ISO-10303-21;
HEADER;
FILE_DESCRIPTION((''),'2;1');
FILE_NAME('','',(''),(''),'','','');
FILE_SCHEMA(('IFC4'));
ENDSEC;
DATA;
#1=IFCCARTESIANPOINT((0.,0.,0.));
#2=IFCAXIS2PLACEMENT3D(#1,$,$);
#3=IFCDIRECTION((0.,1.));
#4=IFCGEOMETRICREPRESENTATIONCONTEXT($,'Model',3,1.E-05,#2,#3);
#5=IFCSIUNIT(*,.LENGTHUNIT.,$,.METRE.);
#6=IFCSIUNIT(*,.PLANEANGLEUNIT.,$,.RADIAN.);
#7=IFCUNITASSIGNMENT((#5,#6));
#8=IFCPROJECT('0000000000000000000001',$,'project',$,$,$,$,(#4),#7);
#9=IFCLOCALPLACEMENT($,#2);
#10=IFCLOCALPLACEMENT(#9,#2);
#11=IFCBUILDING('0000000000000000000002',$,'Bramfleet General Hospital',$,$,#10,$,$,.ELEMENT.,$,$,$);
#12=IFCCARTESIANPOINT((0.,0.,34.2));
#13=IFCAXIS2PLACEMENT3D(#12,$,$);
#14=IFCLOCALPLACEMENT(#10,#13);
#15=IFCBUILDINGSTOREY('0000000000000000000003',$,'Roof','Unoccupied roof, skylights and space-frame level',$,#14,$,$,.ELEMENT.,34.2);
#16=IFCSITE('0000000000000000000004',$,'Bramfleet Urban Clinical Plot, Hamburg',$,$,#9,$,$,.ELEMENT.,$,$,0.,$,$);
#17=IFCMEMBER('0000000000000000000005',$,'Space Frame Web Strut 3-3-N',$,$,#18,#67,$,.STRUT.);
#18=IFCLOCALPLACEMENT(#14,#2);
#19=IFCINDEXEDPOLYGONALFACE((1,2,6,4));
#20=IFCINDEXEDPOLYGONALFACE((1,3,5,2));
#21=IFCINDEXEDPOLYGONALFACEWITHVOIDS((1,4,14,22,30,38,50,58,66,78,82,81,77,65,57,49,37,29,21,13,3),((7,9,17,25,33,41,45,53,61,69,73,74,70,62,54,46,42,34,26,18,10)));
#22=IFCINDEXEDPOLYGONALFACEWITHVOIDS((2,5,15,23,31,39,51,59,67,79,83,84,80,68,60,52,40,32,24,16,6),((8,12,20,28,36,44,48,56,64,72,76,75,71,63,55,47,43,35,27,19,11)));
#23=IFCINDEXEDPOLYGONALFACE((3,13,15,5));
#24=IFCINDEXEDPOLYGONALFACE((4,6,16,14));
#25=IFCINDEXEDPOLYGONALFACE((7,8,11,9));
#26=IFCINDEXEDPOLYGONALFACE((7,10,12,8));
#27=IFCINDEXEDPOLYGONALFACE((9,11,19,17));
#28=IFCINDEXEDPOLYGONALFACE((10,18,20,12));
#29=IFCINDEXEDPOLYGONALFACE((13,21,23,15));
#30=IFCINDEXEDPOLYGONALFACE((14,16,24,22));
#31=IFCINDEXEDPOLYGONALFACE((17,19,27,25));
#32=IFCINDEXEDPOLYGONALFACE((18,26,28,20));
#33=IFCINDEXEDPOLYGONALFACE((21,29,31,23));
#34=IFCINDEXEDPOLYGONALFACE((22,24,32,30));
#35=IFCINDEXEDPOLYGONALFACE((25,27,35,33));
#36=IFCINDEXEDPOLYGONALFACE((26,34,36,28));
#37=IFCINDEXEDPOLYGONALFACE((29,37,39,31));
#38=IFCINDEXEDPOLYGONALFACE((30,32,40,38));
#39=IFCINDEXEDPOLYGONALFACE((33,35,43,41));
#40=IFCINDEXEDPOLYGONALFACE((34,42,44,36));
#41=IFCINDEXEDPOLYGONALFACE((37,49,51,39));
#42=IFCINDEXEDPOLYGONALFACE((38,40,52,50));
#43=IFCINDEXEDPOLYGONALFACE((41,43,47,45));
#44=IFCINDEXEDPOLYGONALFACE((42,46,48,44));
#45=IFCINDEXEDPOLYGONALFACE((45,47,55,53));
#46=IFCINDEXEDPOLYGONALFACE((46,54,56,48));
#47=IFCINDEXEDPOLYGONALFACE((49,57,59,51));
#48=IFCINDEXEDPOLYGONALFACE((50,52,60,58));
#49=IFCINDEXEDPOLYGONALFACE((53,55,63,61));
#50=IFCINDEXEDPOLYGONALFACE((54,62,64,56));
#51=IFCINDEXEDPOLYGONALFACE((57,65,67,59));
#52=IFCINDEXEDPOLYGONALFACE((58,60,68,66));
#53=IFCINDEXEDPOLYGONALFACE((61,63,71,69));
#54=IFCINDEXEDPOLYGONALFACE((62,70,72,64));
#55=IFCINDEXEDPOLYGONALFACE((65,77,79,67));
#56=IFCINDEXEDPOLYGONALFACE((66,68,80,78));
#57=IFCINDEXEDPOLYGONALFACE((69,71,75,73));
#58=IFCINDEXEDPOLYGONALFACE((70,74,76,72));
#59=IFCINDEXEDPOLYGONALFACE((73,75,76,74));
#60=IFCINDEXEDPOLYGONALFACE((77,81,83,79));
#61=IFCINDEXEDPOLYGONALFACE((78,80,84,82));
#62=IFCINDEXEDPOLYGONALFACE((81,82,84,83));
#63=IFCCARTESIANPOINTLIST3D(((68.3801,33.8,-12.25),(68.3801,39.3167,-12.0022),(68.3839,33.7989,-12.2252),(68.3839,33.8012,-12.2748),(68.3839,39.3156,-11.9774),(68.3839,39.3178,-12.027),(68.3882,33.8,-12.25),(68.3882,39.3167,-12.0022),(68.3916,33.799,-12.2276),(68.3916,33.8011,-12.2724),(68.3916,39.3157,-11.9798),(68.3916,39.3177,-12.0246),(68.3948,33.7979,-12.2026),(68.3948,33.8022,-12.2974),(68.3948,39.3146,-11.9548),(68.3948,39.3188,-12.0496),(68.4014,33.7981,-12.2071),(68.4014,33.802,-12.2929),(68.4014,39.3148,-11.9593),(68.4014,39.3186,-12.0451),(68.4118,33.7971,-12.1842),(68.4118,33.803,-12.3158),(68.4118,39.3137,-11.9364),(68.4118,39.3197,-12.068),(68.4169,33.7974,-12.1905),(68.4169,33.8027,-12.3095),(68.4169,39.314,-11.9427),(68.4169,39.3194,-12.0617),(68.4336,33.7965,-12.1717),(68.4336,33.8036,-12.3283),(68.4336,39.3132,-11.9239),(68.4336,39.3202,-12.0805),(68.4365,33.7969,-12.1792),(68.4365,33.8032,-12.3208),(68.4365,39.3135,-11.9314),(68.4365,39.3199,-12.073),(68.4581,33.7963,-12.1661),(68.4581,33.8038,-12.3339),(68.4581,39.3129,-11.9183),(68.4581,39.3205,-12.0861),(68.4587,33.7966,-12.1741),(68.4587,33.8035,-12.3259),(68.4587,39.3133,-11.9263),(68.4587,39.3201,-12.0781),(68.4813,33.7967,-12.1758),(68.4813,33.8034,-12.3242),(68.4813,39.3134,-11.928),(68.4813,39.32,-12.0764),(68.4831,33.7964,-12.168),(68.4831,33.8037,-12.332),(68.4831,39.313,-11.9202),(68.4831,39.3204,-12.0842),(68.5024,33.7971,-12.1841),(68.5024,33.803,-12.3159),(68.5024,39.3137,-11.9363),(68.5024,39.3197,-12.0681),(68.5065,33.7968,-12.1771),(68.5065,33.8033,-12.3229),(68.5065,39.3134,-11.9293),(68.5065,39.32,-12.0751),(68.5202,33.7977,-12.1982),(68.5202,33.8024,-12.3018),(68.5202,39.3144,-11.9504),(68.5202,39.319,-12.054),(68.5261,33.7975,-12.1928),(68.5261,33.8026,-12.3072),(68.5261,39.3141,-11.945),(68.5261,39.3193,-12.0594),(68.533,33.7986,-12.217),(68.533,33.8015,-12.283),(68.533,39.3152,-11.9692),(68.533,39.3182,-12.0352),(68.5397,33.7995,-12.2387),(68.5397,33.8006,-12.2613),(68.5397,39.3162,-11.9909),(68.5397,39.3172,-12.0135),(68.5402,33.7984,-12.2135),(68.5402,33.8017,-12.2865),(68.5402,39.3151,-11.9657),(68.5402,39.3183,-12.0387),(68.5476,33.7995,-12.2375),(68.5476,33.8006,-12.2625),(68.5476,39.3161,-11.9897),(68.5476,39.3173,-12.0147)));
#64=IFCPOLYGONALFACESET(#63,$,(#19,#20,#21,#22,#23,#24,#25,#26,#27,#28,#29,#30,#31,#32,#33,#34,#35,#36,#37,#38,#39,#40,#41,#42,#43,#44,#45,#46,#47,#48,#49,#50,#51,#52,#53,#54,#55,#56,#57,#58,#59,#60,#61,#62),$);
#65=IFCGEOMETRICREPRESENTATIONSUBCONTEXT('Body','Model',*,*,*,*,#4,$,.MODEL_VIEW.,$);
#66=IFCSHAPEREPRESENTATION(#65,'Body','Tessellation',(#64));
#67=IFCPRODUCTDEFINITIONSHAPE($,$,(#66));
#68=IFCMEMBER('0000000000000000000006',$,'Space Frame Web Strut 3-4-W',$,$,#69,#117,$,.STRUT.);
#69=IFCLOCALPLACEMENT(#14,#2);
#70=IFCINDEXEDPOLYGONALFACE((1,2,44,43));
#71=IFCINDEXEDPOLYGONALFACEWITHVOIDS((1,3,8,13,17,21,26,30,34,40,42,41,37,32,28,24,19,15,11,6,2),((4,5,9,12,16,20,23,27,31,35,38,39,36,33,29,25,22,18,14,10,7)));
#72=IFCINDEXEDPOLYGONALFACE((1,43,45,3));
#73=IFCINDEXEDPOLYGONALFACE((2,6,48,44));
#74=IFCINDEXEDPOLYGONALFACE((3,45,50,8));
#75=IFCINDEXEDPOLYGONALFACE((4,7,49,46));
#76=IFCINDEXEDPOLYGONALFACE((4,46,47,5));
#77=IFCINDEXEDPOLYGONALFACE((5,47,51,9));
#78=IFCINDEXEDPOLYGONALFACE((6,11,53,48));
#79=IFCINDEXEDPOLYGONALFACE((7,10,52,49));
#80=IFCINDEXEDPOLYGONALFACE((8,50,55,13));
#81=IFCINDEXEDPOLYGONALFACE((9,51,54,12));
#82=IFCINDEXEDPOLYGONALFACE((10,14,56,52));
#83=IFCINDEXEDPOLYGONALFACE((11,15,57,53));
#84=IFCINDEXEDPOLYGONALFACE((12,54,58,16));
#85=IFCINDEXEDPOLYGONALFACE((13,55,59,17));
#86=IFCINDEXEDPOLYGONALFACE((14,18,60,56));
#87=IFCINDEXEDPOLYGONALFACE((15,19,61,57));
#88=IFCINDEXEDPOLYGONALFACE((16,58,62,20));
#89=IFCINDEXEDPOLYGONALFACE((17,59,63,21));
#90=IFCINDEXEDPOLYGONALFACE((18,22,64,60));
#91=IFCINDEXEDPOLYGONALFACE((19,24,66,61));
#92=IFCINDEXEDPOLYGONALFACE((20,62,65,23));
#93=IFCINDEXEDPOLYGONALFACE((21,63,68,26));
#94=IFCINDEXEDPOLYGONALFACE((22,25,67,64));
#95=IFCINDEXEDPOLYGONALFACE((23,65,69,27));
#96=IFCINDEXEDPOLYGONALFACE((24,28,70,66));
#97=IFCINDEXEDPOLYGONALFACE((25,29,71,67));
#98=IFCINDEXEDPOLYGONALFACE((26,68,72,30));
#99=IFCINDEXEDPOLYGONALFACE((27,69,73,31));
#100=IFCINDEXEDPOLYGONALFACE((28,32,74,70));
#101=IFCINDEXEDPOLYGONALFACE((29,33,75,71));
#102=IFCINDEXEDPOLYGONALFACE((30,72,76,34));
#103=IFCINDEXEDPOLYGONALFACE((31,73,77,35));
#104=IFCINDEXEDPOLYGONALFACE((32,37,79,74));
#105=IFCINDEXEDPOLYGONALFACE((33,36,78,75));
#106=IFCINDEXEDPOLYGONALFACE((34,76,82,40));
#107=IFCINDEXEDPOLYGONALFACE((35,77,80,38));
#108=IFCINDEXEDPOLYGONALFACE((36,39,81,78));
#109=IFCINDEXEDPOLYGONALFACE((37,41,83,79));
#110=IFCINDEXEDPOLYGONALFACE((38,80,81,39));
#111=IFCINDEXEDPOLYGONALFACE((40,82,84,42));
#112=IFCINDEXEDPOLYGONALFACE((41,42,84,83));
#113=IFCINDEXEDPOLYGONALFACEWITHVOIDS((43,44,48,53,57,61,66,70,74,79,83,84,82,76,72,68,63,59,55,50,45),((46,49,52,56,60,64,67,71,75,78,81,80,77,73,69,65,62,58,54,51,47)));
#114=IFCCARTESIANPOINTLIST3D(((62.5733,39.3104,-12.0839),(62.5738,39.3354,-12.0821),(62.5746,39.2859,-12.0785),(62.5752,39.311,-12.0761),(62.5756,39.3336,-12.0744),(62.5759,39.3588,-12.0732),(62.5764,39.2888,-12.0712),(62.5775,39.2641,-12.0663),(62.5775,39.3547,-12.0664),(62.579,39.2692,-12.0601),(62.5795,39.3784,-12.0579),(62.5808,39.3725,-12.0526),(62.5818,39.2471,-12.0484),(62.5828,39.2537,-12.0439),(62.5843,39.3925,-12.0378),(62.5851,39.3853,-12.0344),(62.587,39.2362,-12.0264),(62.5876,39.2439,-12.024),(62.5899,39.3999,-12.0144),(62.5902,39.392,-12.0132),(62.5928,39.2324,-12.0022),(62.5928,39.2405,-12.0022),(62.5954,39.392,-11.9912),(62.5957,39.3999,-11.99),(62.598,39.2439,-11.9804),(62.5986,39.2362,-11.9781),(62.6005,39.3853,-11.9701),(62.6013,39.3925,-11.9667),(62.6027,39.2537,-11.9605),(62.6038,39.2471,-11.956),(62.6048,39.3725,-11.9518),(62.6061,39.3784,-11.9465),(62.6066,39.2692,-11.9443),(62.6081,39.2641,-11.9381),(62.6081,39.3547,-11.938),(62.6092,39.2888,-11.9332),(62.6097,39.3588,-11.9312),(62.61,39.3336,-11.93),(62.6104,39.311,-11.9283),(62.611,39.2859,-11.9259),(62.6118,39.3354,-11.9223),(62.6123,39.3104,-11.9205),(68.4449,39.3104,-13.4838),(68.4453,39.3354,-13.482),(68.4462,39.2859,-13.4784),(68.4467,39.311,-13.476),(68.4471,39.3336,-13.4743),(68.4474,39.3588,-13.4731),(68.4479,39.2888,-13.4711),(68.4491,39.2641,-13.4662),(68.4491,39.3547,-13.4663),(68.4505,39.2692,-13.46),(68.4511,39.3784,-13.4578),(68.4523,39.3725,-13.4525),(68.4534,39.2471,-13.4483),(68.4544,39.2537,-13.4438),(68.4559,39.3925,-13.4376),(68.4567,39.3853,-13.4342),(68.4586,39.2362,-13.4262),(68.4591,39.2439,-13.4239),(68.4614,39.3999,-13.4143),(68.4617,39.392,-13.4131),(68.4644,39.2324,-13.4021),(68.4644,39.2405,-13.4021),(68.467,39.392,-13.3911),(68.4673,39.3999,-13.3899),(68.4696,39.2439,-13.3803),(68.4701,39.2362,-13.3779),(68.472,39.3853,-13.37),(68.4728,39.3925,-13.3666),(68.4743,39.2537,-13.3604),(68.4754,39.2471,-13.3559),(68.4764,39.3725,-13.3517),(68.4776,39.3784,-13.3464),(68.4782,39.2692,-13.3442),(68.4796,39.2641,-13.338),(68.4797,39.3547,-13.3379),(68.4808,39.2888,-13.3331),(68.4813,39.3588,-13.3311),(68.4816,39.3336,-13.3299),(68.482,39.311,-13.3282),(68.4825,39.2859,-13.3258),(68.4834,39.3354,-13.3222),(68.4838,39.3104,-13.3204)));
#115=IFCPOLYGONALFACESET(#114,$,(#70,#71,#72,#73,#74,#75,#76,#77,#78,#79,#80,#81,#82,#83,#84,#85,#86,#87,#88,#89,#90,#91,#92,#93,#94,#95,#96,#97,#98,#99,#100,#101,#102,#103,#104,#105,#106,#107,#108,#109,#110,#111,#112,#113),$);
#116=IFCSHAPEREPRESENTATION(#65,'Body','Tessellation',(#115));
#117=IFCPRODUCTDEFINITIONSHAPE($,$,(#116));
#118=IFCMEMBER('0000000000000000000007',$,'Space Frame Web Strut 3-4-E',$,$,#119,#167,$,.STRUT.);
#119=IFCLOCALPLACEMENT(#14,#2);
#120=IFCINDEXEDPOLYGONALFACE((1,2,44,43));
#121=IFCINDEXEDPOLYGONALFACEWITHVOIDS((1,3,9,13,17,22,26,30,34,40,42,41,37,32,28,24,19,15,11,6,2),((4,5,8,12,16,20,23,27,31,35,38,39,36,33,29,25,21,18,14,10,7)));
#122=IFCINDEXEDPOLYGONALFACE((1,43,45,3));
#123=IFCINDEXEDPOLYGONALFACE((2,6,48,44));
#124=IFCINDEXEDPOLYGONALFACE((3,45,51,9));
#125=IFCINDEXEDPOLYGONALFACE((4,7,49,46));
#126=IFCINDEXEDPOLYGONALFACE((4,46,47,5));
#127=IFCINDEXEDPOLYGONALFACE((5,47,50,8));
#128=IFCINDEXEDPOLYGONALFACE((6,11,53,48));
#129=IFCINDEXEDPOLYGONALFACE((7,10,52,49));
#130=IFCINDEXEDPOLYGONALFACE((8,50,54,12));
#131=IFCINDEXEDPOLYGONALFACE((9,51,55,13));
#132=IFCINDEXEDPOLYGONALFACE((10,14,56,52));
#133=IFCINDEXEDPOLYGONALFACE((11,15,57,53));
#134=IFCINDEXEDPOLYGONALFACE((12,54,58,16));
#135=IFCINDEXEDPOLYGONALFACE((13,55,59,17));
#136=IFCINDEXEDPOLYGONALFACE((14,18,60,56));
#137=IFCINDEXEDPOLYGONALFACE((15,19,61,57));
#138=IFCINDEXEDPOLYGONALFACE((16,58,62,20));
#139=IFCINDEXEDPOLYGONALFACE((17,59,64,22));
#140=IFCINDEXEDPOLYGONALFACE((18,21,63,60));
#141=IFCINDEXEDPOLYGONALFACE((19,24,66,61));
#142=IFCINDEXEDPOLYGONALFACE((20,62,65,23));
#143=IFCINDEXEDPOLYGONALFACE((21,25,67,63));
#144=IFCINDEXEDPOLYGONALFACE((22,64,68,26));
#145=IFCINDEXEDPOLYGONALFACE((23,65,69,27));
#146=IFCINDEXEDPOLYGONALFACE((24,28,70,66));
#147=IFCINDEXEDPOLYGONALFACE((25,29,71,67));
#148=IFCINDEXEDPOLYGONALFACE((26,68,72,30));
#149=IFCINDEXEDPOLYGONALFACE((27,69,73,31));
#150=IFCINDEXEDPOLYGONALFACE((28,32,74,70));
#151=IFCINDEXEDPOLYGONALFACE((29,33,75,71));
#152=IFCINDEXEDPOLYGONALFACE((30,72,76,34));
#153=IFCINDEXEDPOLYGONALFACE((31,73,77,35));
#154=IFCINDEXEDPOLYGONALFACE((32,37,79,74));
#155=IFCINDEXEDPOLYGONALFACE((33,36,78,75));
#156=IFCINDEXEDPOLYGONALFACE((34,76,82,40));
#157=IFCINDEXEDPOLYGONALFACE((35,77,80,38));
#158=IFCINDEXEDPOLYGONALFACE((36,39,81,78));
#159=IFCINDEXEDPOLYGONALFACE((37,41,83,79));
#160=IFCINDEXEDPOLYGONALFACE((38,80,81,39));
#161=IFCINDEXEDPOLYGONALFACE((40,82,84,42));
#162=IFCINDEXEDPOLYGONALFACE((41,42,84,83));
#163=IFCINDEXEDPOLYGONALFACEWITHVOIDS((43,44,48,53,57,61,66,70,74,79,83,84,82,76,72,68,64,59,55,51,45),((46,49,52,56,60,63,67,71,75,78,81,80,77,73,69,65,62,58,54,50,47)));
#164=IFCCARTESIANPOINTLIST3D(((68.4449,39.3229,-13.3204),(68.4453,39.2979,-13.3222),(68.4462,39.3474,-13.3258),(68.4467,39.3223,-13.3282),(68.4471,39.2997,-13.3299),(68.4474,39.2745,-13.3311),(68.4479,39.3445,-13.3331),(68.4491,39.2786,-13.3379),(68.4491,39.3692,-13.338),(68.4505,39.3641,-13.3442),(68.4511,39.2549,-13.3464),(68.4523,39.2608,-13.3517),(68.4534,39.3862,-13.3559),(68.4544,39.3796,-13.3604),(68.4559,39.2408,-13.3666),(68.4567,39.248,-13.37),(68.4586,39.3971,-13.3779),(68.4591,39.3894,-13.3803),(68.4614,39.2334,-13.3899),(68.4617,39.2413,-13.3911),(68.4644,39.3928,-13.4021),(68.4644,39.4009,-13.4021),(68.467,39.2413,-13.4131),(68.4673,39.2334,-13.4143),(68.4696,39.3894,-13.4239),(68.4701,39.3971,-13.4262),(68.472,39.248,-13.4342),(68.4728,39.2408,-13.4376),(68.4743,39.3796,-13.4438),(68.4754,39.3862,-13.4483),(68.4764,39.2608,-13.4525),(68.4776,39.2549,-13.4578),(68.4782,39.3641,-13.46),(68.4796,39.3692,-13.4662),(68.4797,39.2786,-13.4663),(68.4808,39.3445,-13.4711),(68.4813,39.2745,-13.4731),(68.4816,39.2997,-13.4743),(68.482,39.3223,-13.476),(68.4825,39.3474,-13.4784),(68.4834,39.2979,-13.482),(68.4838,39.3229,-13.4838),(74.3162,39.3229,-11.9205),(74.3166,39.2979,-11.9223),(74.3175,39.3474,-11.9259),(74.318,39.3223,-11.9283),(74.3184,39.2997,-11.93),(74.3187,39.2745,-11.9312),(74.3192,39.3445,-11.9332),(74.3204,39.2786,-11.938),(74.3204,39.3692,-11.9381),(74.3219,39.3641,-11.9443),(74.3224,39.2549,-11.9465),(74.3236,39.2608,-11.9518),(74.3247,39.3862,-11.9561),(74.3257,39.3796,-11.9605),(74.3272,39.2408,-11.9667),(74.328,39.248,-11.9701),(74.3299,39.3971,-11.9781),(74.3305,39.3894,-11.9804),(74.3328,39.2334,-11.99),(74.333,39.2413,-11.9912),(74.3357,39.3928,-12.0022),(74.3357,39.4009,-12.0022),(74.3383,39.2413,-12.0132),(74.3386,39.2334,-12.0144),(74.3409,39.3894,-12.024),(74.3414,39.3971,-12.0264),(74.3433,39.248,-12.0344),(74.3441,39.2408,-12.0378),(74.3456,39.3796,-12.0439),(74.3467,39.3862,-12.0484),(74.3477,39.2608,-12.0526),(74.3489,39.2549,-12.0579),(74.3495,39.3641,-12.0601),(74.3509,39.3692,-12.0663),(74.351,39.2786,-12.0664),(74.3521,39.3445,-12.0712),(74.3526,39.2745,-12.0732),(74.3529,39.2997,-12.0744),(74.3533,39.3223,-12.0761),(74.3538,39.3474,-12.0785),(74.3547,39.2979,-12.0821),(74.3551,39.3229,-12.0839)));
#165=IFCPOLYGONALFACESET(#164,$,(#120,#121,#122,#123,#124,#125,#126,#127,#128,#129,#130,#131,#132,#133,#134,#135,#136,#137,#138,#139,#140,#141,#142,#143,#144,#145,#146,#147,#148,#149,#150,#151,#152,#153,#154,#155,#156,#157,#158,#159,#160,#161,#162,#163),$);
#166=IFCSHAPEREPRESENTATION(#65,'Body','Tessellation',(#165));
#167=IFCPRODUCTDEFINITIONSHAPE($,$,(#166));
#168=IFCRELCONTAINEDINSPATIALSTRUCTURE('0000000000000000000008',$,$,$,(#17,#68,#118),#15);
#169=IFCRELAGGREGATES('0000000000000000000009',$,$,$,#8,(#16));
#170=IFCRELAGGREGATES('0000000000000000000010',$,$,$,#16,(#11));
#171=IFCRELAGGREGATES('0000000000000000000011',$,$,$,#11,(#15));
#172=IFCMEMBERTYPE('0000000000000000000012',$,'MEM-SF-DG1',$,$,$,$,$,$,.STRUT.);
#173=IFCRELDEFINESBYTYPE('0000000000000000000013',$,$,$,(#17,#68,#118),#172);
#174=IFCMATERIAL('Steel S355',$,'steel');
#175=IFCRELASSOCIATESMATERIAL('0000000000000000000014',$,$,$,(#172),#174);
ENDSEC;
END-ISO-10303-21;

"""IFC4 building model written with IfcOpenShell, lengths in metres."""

from ifc_helpers import new_model, si_unit, direction, frame, origin, origin_2d, place, context, subcontext, project, spatial, hollow_circle, extrude, material, material_profile, profile_set, type_object, element, save


model = new_model("IFC4")

# Units and contexts
model_context = context("Model", 3, precision=1e-05, world=origin(), true_north=direction((0.0, 1.0)))
body_context = subcontext(model_context, "Body", "Model", "MODEL_VIEW")
ifc_project = project(units=[si_unit("LENGTHUNIT", "METRE"), si_unit("PLANEANGLEUNIT", "RADIAN")], contexts=[model_context])

# Site, building, storey
site_placement = place(None, origin())
site = spatial("IfcSite", under=ifc_project, at=site_placement, Name="Bramfleet Urban Clinical Plot, Hamburg", CompositionType="ELEMENT", RefElevation=0.0)
building_placement = place(site_placement, origin())
building = spatial("IfcBuilding", under=site, at=building_placement, Name="Bramfleet General Hospital", CompositionType="ELEMENT")
storey_placement = place(building_placement, frame((0.0, 0.0, 34.2)))
storey = spatial("IfcBuildingStorey", under=building, at=storey_placement, Name="Roof", Description="Unoccupied roof, skylights and space-frame level", CompositionType="ELEMENT", Elevation=34.2)

# Members
ifc_material = material(Name="Steel S355", Category="steel")
ifc_material_profile_1 = material_profile(ifc_material, hollow_circle(Radius=0.0842, WallThickness=0.0081, at=origin_2d()), Name="CHS 168.3x8.0")
ifc_profile_set_1 = profile_set([ifc_material_profile_1], Name="Steel S355")
member_type_1 = type_object("IfcMemberType", Name="MEM-SF-DG1", PredefinedType="STRUT", material=ifc_profile_set_1)
for number, where, z_axis, x_axis, name in (
    (1, (68.4644, 33.8, -12.25), (0.0, 0.998993, 0.044874), (-1.0, 0.0, 0.0), "Space Frame Web Strut 3-3-N"),
):
    element("IfcMember", number, at=place(storey_placement, frame(where, z_axis=z_axis, x_axis=x_axis)), inside=storey, type_object=member_type_1, Name=name, PredefinedType="STRUT", context=body_context, shape_type="SweptSolid", body=[
        extrude(hollow_circle(Radius=0.0842, WallThickness=0.0081, at=origin_2d()), origin(), (0.0, 0.0, 1.0), 5.5222),
    ])
member_1_placement = place(storey_placement, frame((68.4644, 39.3167, -13.4021), z_axis=(-0.972735, 0.0, 0.231919), x_axis=(0.0, -1.0, 0.0)))
element("IfcMember", 2, at=member_1_placement, inside=storey, type_object=member_type_1, Name="Space Frame Web Strut 3-4-W", PredefinedType="STRUT", context=body_context, shape_type="SweptSolid", body=[
    extrude(hollow_circle(Radius=0.0842, WallThickness=0.0081, at=origin_2d()), origin(), (0.0, 0.0, 1.0), 6.0361),
])
member_2_placement = place(storey_placement, frame((68.4644, 39.3167, -13.4021), z_axis=(0.972733, 0.0, 0.231929), x_axis=(0.0, 1.0, 0.0)))
element("IfcMember", 3, at=member_2_placement, inside=storey, type_object=member_type_1, Name="Space Frame Web Strut 3-4-E", PredefinedType="STRUT", context=body_context, shape_type="SweptSolid", body=[
    extrude(hollow_circle(Radius=0.0842, WallThickness=0.0081, at=origin_2d()), origin(), (0.0, 0.0, 1.0), 6.0359),
])

save(model, "model.ifc")
